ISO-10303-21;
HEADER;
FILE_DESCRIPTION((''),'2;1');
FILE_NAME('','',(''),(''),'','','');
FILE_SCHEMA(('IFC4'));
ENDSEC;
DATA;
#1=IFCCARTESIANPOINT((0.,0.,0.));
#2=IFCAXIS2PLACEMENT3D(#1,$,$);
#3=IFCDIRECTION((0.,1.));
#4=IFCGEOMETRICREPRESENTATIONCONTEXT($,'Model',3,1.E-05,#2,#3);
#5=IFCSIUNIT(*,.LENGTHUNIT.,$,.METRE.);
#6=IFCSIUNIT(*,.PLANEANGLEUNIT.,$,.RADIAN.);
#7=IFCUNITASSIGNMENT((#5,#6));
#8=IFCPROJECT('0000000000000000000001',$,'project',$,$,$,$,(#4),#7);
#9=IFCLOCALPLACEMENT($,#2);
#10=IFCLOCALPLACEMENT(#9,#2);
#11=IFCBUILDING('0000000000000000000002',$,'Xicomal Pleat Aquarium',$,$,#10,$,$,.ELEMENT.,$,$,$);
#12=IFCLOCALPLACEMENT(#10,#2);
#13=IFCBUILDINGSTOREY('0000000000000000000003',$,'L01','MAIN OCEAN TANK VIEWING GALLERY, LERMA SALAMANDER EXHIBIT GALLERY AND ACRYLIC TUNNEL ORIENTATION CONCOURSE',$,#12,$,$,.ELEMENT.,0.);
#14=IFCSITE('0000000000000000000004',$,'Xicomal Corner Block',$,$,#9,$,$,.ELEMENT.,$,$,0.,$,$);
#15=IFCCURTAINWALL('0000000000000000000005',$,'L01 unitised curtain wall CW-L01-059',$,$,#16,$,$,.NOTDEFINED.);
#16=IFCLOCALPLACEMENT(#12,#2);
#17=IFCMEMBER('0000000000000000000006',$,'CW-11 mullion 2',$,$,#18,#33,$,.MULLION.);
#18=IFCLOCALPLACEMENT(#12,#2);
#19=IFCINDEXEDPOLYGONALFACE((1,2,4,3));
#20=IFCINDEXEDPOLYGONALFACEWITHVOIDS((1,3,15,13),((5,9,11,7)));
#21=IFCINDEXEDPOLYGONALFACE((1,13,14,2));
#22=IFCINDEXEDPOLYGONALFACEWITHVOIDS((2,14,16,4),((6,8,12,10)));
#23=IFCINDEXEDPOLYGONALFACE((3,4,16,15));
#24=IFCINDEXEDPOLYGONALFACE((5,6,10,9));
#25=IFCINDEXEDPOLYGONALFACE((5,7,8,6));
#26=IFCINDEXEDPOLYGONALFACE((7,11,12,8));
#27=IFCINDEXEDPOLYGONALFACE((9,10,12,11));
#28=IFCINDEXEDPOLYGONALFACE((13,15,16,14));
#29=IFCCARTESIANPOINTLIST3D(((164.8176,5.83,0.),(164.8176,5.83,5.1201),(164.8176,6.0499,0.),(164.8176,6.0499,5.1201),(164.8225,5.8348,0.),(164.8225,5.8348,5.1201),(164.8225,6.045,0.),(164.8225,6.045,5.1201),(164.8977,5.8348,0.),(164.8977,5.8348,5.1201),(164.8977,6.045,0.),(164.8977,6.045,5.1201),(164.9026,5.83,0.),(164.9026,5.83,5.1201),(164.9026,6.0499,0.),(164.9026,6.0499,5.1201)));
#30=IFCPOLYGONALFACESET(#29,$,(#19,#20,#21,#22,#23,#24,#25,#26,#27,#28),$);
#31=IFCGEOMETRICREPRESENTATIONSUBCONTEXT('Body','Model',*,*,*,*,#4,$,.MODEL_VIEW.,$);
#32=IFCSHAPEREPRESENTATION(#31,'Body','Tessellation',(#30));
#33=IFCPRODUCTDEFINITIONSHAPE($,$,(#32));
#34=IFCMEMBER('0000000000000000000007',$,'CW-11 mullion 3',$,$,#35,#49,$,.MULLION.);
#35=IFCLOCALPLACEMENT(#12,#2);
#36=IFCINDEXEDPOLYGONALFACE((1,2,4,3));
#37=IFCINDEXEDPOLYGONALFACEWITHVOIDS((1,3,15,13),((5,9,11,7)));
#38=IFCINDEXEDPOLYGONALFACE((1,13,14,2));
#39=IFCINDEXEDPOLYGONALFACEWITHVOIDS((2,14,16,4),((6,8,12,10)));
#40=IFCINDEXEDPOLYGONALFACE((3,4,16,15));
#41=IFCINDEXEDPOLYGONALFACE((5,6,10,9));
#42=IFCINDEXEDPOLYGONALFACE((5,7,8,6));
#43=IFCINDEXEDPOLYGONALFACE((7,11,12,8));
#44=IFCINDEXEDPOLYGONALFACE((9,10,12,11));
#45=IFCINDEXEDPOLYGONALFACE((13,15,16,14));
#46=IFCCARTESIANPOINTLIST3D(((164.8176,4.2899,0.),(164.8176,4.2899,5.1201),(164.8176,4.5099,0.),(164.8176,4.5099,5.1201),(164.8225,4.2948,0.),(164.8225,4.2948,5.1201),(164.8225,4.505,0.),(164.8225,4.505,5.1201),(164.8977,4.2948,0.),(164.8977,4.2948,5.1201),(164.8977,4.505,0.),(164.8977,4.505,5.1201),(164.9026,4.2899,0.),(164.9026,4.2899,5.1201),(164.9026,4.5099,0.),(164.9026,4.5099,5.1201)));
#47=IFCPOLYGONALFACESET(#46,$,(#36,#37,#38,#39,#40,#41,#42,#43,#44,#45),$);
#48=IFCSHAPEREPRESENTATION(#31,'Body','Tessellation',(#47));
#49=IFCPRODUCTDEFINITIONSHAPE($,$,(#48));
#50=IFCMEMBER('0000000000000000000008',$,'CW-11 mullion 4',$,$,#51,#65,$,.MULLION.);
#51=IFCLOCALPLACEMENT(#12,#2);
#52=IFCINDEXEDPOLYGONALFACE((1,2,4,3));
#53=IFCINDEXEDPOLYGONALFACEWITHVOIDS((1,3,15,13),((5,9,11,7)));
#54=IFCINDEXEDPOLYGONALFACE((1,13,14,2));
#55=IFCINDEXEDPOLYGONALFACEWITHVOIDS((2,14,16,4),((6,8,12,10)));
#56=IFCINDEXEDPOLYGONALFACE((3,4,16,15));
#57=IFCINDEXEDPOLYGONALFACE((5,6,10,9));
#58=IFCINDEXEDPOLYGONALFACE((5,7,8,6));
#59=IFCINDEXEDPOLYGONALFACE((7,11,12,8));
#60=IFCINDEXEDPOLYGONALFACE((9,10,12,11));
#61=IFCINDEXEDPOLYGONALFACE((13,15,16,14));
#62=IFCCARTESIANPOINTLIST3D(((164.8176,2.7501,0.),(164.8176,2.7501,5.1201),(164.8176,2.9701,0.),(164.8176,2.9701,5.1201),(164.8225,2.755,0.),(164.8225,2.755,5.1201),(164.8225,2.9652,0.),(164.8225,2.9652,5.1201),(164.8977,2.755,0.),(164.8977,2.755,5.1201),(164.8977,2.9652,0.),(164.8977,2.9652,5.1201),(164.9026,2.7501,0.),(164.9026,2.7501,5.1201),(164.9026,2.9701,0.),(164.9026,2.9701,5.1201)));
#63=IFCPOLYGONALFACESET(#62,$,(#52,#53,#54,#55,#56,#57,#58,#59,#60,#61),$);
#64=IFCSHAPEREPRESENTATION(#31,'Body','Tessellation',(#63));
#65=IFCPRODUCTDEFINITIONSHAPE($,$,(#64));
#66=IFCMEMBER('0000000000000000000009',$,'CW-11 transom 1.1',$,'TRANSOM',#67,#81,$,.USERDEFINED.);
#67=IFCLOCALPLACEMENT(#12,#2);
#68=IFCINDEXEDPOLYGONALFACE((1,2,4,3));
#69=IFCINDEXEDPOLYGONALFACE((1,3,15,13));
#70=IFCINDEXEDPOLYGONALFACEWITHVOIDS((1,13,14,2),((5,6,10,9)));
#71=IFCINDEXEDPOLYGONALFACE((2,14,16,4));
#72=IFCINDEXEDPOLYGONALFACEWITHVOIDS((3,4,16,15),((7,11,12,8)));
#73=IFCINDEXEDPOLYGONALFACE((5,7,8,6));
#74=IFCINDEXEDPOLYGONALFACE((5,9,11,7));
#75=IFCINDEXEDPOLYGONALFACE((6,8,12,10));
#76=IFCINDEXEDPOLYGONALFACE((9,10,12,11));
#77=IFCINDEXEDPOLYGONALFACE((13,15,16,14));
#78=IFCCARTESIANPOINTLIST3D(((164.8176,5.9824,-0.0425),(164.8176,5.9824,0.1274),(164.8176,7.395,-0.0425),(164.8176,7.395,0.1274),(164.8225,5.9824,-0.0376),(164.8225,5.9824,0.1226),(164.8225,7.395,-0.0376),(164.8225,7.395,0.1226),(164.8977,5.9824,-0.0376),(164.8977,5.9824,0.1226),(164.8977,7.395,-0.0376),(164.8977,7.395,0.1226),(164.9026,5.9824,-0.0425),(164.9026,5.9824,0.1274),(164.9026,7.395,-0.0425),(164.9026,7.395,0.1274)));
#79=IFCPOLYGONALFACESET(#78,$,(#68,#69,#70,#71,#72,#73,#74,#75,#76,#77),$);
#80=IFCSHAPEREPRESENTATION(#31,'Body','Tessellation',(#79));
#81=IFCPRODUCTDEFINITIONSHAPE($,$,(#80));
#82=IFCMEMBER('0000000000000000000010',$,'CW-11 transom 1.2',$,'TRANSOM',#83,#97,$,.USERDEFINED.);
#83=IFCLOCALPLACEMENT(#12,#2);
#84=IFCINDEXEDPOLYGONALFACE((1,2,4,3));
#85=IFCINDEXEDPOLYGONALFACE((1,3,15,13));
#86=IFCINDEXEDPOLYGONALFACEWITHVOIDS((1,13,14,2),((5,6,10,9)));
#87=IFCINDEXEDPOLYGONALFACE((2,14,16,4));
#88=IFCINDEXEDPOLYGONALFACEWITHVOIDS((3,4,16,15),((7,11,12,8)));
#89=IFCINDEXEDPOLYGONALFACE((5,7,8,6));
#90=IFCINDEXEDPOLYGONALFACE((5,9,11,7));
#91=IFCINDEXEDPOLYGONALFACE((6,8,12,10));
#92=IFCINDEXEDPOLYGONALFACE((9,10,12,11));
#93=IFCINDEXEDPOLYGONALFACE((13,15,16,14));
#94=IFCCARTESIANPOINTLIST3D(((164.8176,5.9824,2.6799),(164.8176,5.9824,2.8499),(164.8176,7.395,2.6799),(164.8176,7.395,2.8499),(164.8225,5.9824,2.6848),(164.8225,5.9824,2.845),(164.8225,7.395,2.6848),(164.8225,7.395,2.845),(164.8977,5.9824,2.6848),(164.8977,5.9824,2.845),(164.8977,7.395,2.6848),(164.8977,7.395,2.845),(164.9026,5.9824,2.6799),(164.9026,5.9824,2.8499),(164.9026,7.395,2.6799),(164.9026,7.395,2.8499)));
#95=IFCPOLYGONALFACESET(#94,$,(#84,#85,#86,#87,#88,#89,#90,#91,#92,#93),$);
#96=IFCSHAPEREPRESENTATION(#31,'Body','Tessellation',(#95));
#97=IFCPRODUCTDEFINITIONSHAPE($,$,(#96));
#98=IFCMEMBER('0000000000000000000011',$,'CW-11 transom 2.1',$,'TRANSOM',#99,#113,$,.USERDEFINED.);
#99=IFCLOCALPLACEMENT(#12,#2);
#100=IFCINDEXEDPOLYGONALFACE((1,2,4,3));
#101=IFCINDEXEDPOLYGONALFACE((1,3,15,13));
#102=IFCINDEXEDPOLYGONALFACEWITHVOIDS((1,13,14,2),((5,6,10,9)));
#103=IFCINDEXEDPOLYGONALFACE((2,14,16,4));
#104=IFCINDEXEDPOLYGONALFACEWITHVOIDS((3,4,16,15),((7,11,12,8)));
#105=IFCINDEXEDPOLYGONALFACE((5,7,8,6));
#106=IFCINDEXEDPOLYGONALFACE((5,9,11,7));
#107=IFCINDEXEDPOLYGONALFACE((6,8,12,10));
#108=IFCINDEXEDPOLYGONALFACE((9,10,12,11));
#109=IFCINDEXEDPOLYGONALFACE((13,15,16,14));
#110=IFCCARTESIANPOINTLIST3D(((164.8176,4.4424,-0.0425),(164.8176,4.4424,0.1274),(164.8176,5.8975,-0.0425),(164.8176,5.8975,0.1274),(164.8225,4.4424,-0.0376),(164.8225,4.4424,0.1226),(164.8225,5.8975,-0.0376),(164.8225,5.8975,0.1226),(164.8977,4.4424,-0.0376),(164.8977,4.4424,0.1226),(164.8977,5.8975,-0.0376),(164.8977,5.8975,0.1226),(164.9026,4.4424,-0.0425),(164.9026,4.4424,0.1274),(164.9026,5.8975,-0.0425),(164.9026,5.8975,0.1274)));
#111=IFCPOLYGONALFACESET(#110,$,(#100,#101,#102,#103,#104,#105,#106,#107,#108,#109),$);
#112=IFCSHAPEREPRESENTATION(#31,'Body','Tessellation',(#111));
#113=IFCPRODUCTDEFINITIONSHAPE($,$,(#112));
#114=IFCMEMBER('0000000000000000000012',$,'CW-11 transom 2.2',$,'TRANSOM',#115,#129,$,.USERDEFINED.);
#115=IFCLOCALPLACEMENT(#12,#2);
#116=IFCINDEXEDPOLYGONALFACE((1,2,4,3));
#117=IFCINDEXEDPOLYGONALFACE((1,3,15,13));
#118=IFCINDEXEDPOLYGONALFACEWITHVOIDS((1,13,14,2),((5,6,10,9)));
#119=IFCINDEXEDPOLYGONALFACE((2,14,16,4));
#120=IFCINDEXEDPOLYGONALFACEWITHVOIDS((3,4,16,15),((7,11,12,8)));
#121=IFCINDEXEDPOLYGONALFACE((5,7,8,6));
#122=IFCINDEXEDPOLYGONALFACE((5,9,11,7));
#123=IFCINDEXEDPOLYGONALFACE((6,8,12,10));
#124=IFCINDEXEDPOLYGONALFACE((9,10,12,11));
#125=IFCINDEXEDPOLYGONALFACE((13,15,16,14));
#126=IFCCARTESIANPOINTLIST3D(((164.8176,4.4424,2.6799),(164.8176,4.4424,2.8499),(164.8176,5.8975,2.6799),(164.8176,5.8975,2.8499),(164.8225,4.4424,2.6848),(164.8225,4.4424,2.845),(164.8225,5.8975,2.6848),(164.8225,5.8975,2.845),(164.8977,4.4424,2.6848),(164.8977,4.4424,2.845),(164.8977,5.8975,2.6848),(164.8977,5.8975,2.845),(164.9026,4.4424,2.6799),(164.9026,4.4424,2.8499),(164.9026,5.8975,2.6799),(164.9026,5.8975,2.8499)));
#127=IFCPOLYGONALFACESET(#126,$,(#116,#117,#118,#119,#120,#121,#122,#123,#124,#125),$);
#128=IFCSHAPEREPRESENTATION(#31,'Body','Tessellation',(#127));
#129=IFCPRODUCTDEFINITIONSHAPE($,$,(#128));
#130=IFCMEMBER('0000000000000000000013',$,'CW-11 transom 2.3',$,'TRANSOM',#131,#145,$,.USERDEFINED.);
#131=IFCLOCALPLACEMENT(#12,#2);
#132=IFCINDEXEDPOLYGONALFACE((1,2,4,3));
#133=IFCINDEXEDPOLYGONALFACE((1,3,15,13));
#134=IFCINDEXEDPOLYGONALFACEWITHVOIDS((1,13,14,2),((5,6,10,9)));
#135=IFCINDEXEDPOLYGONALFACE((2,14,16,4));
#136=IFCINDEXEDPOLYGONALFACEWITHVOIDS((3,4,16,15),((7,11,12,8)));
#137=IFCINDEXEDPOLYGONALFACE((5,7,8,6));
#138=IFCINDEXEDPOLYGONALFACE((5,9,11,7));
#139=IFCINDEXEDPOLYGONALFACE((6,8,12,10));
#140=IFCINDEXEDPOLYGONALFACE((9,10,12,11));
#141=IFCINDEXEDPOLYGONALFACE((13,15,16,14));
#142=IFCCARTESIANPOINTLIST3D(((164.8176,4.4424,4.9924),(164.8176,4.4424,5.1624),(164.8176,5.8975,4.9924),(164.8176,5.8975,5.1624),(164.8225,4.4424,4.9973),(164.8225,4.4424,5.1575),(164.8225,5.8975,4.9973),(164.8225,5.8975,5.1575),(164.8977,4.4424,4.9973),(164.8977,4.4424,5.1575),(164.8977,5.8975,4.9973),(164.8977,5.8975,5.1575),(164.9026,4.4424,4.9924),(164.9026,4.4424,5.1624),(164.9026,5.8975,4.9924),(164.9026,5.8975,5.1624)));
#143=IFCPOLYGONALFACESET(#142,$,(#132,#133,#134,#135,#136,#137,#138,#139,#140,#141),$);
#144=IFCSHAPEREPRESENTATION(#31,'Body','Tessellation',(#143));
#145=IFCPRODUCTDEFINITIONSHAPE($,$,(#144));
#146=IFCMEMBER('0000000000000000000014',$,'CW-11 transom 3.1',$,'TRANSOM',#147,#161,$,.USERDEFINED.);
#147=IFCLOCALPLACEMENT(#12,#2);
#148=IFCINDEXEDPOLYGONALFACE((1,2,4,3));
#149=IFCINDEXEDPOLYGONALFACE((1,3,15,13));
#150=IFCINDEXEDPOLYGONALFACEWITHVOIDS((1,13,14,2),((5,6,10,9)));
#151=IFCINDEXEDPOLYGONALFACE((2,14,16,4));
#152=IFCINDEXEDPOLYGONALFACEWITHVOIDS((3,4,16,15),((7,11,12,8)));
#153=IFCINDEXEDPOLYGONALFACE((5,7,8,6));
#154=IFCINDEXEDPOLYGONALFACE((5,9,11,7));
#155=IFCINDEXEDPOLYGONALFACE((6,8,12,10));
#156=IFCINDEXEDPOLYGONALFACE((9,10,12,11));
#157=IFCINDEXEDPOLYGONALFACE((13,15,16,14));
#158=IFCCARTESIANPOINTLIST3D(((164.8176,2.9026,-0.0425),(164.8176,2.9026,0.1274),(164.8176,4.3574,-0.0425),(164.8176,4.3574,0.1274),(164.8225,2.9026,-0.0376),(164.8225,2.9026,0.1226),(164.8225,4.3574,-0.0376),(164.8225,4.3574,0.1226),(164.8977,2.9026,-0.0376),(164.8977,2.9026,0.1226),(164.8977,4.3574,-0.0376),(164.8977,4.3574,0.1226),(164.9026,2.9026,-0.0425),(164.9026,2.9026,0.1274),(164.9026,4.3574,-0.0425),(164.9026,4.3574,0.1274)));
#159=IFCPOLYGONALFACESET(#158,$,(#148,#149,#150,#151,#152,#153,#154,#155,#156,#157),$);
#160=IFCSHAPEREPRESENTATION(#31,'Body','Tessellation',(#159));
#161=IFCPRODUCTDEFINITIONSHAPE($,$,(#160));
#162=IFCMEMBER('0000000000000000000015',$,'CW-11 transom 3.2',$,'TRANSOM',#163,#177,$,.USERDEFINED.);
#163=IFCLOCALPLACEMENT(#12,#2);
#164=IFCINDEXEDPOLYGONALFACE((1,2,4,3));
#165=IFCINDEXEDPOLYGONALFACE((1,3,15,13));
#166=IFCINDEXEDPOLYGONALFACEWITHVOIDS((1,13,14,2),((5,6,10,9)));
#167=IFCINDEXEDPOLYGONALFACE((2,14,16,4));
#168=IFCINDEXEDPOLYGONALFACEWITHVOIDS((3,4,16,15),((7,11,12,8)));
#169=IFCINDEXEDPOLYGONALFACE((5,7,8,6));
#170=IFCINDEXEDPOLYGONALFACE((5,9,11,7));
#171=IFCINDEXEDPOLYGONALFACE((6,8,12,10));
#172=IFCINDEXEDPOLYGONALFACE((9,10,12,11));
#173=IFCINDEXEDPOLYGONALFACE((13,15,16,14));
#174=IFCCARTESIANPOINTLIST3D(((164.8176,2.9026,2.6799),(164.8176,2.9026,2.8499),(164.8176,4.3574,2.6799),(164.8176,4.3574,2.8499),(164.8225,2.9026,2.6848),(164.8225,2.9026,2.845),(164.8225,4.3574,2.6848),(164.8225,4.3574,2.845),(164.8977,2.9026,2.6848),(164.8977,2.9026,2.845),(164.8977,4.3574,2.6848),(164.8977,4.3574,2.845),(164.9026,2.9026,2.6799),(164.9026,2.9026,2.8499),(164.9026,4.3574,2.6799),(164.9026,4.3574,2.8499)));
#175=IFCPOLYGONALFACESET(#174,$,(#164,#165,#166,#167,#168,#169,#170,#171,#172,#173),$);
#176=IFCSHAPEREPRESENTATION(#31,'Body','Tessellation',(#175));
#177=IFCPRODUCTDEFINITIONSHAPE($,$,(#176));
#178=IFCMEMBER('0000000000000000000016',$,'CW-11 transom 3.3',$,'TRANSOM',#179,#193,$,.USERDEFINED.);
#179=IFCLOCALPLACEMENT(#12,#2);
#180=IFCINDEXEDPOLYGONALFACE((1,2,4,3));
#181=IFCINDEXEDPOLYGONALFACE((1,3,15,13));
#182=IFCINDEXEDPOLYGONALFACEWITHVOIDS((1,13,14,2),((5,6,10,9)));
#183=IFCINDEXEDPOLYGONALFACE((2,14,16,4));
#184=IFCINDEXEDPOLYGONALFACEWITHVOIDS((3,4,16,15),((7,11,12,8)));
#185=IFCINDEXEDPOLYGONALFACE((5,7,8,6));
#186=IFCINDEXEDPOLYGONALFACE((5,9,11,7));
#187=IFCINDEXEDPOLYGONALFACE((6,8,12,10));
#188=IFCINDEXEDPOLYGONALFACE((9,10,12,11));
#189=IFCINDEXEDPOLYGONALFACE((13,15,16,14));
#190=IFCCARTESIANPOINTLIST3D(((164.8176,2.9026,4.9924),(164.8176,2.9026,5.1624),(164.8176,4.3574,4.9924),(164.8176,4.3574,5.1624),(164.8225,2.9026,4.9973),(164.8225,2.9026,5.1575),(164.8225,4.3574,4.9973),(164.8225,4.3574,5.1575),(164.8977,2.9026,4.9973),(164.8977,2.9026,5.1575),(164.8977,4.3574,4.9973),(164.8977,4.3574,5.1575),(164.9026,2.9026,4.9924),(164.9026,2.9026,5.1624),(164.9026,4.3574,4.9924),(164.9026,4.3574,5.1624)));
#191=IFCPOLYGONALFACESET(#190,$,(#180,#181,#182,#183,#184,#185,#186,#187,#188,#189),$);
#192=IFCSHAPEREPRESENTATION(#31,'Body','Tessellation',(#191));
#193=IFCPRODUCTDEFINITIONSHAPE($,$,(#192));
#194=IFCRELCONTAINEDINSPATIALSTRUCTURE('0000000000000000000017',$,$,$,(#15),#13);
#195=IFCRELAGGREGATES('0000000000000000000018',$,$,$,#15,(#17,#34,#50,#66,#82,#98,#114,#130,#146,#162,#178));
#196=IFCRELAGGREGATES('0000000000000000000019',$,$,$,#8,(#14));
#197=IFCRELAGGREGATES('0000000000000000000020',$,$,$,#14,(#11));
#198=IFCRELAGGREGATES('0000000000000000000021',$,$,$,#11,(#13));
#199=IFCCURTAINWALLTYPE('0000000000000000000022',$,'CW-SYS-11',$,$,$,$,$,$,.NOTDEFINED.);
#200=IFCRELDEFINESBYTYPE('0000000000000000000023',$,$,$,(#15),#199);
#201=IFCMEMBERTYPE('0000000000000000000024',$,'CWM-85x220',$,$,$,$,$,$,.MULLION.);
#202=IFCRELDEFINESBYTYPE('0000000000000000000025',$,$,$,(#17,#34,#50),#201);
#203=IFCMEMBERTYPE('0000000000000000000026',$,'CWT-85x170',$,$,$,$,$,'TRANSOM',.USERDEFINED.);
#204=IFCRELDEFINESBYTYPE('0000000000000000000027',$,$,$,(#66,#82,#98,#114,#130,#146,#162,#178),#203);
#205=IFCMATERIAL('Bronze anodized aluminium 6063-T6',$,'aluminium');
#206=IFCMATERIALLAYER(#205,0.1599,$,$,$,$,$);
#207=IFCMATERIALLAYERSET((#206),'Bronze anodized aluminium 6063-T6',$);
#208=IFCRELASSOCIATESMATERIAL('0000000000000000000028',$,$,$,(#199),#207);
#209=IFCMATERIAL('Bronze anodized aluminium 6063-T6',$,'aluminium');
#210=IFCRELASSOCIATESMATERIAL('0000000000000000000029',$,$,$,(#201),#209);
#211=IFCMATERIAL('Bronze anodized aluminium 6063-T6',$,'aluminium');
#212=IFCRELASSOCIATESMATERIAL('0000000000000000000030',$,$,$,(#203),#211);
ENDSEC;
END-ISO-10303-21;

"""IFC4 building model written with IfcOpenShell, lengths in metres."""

from ifc_helpers import new_model, si_unit, direction, frame, origin, origin_2d, place, context, subcontext, project, spatial, hollow_rectangle, extrude, material, layer, layer_set, material_profile, profile_set, type_object, element, aggregate, save


model = new_model("IFC4")

# Units and contexts
model_context = context("Model", 3, precision=1e-05, world=origin(), true_north=direction((0.0, 1.0)))
body_context = subcontext(model_context, "Body", "Model", "MODEL_VIEW")
ifc_project = project(units=[si_unit("LENGTHUNIT", "METRE"), si_unit("PLANEANGLEUNIT", "RADIAN")], contexts=[model_context])

# Site, building, storey
site_placement = place(None, origin())
site = spatial("IfcSite", under=ifc_project, at=site_placement, Name="Xicomal Corner Block", CompositionType="ELEMENT", RefElevation=0.0)
building_placement = place(site_placement, origin())
building = spatial("IfcBuilding", under=site, at=building_placement, Name="Xicomal Pleat Aquarium", CompositionType="ELEMENT")
storey_placement = place(building_placement, origin())
storey = spatial("IfcBuildingStorey", under=building, at=storey_placement, Name="L01", Description="MAIN OCEAN TANK VIEWING GALLERY, LERMA SALAMANDER EXHIBIT GALLERY AND ACRYLIC TUNNEL ORIENTATION CONCOURSE", CompositionType="ELEMENT", Elevation=0.0)

# Curtain wall, members
ifc_material_1 = material(Name="Bronze anodized aluminium 6063-T6", Category="aluminium")
ifc_layer_1 = layer(ifc_material_1, 0.1599)
ifc_layer_set_1 = layer_set([ifc_layer_1], Name="Bronze anodized aluminium 6063-T6")
curtain_wall_type = type_object("IfcCurtainWallType", Name="CW-SYS-11", PredefinedType="NOTDEFINED", material=ifc_layer_set_1)
curtain_wall_placement = place(storey_placement, origin())
curtain_wall = element("IfcCurtainWall", 1, at=curtain_wall_placement, inside=storey, type_object=curtain_wall_type, Name="L01 unitised curtain wall CW-L01-059", PredefinedType="NOTDEFINED")
ifc_material_2 = material(Name="Bronze anodized aluminium 6063-T6", Category="aluminium")
ifc_material_profile_1 = material_profile(ifc_material_2, hollow_rectangle(XDim=0.085, YDim=0.22, WallThickness=0.0049, at=origin_2d()), Name="ALU MULL 85x220")
ifc_profile_set_1 = profile_set([ifc_material_profile_1], Name="Bronze anodized aluminium 6063-T6")
member_type_1 = type_object("IfcMemberType", Name="CWM-85x220", PredefinedType="MULLION", material=ifc_profile_set_1)
member_1_placement = place(storey_placement, frame((164.8601, 5.9399, 0.0), z_axis=(0.0, 0.0, 1.0), x_axis=(1.0, 0.0, 0.0)))
member_1 = element("IfcMember", 2, at=member_1_placement, type_object=member_type_1, Name="CW-11 mullion 2", PredefinedType="MULLION", context=body_context, shape_type="SweptSolid", body=[
    extrude(hollow_rectangle(XDim=0.085, YDim=0.22, WallThickness=0.0049, at=origin_2d()), origin(), (0.0, 0.0, 1.0), 5.1201),
])
member_2_placement = place(storey_placement, frame((164.8601, 4.3999, 0.0), z_axis=(0.0, 0.0, 1.0), x_axis=(1.0, 0.0, 0.0)))
member_2 = element("IfcMember", 3, at=member_2_placement, type_object=member_type_1, Name="CW-11 mullion 3", PredefinedType="MULLION", context=body_context, shape_type="SweptSolid", body=[
    extrude(hollow_rectangle(XDim=0.085, YDim=0.22, WallThickness=0.0049, at=origin_2d()), origin(), (0.0, 0.0, 1.0), 5.1201),
])
member_3_placement = place(storey_placement, frame((164.8601, 2.8601, 0.0), z_axis=(0.0, 0.0, 1.0), x_axis=(1.0, 0.0, 0.0)))
member_3 = element("IfcMember", 4, at=member_3_placement, type_object=member_type_1, Name="CW-11 mullion 4", PredefinedType="MULLION", context=body_context, shape_type="SweptSolid", body=[
    extrude(hollow_rectangle(XDim=0.085, YDim=0.22, WallThickness=0.0049, at=origin_2d()), origin(), (0.0, 0.0, 1.0), 5.1201),
])
ifc_material_3 = material(Name="Bronze anodized aluminium 6063-T6", Category="aluminium")
ifc_material_profile_2 = material_profile(ifc_material_3, hollow_rectangle(XDim=0.085, YDim=0.1699, WallThickness=0.0049, at=origin_2d()), Name="ALU TRAN 85x170")
ifc_profile_set_2 = profile_set([ifc_material_profile_2], Name="Bronze anodized aluminium 6063-T6")
member_type_2 = type_object("IfcMemberType", Name="CWT-85x170", ElementType="TRANSOM", PredefinedType="USERDEFINED", material=ifc_profile_set_2)
member_4_placement = place(storey_placement, frame((164.8601, 7.395, 0.0425), z_axis=(0.0, -1.0, 0.0), x_axis=(1.0, 0.0, 0.0)))
member_4 = element("IfcMember", 5, at=member_4_placement, type_object=member_type_2, Name="CW-11 transom 1.1", ObjectType="TRANSOM", PredefinedType="USERDEFINED", context=body_context, shape_type="SweptSolid", body=[
    extrude(hollow_rectangle(XDim=0.085, YDim=0.1699, WallThickness=0.0049, at=origin_2d()), origin(), (0.0, 0.0, 1.0), 1.4126),
])
member_5_placement = place(storey_placement, frame((164.8601, 7.395, 2.7649), z_axis=(0.0, -1.0, 0.0), x_axis=(1.0, 0.0, 0.0)))
member_5 = element("IfcMember", 6, at=member_5_placement, type_object=member_type_2, Name="CW-11 transom 1.2", ObjectType="TRANSOM", PredefinedType="USERDEFINED", context=body_context, shape_type="SweptSolid", body=[
    extrude(hollow_rectangle(XDim=0.085, YDim=0.1699, WallThickness=0.0049, at=origin_2d()), origin(), (0.0, 0.0, 1.0), 1.4126),
])
member_6_placement = place(storey_placement, frame((164.8601, 5.8975, 0.0425), z_axis=(0.0, -1.0, 0.0), x_axis=(1.0, 0.0, 0.0)))
member_6 = element("IfcMember", 7, at=member_6_placement, type_object=member_type_2, Name="CW-11 transom 2.1", ObjectType="TRANSOM", PredefinedType="USERDEFINED", context=body_context, shape_type="SweptSolid", body=[
    extrude(hollow_rectangle(XDim=0.085, YDim=0.1699, WallThickness=0.0049, at=origin_2d()), origin(), (0.0, 0.0, 1.0), 1.4551),
])
member_7_placement = place(storey_placement, frame((164.8601, 5.8975, 2.7649), z_axis=(0.0, -1.0, 0.0), x_axis=(1.0, 0.0, 0.0)))
member_7 = element("IfcMember", 8, at=member_7_placement, type_object=member_type_2, Name="CW-11 transom 2.2", ObjectType="TRANSOM", PredefinedType="USERDEFINED", context=body_context, shape_type="SweptSolid", body=[
    extrude(hollow_rectangle(XDim=0.085, YDim=0.1699, WallThickness=0.0049, at=origin_2d()), origin(), (0.0, 0.0, 1.0), 1.4551),
])
member_8_placement = place(storey_placement, frame((164.8601, 5.8975, 5.0774), z_axis=(0.0, -1.0, 0.0), x_axis=(1.0, 0.0, 0.0)))
member_8 = element("IfcMember", 9, at=member_8_placement, type_object=member_type_2, Name="CW-11 transom 2.3", ObjectType="TRANSOM", PredefinedType="USERDEFINED", context=body_context, shape_type="SweptSolid", body=[
    extrude(hollow_rectangle(XDim=0.085, YDim=0.1699, WallThickness=0.0049, at=origin_2d()), origin(), (0.0, 0.0, 1.0), 1.4551),
])
member_9_placement = place(storey_placement, frame((164.8601, 4.3574, 0.0425), z_axis=(0.0, -1.0, 0.0), x_axis=(1.0, 0.0, 0.0)))
member_9 = element("IfcMember", 10, at=member_9_placement, type_object=member_type_2, Name="CW-11 transom 3.1", ObjectType="TRANSOM", PredefinedType="USERDEFINED", context=body_context, shape_type="SweptSolid", body=[
    extrude(hollow_rectangle(XDim=0.085, YDim=0.1699, WallThickness=0.0049, at=origin_2d()), origin(), (0.0, 0.0, 1.0), 1.4548),
])
member_10_placement = place(storey_placement, frame((164.8601, 4.3574, 2.7649), z_axis=(0.0, -1.0, 0.0), x_axis=(1.0, 0.0, 0.0)))
member_10 = element("IfcMember", 11, at=member_10_placement, type_object=member_type_2, Name="CW-11 transom 3.2", ObjectType="TRANSOM", PredefinedType="USERDEFINED", context=body_context, shape_type="SweptSolid", body=[
    extrude(hollow_rectangle(XDim=0.085, YDim=0.1699, WallThickness=0.0049, at=origin_2d()), origin(), (0.0, 0.0, 1.0), 1.4548),
])
member_11_placement = place(storey_placement, frame((164.8601, 4.3574, 5.0774), z_axis=(0.0, -1.0, 0.0), x_axis=(1.0, 0.0, 0.0)))
member_11 = element("IfcMember", 12, at=member_11_placement, type_object=member_type_2, Name="CW-11 transom 3.3", ObjectType="TRANSOM", PredefinedType="USERDEFINED", context=body_context, shape_type="SweptSolid", body=[
    extrude(hollow_rectangle(XDim=0.085, YDim=0.1699, WallThickness=0.0049, at=origin_2d()), origin(), (0.0, 0.0, 1.0), 1.4548),
])
aggregate(curtain_wall, [member_1, member_2, member_3, member_4, member_5, member_6, member_7, member_8, member_9, member_10, member_11])

save(model, "model.ifc")
